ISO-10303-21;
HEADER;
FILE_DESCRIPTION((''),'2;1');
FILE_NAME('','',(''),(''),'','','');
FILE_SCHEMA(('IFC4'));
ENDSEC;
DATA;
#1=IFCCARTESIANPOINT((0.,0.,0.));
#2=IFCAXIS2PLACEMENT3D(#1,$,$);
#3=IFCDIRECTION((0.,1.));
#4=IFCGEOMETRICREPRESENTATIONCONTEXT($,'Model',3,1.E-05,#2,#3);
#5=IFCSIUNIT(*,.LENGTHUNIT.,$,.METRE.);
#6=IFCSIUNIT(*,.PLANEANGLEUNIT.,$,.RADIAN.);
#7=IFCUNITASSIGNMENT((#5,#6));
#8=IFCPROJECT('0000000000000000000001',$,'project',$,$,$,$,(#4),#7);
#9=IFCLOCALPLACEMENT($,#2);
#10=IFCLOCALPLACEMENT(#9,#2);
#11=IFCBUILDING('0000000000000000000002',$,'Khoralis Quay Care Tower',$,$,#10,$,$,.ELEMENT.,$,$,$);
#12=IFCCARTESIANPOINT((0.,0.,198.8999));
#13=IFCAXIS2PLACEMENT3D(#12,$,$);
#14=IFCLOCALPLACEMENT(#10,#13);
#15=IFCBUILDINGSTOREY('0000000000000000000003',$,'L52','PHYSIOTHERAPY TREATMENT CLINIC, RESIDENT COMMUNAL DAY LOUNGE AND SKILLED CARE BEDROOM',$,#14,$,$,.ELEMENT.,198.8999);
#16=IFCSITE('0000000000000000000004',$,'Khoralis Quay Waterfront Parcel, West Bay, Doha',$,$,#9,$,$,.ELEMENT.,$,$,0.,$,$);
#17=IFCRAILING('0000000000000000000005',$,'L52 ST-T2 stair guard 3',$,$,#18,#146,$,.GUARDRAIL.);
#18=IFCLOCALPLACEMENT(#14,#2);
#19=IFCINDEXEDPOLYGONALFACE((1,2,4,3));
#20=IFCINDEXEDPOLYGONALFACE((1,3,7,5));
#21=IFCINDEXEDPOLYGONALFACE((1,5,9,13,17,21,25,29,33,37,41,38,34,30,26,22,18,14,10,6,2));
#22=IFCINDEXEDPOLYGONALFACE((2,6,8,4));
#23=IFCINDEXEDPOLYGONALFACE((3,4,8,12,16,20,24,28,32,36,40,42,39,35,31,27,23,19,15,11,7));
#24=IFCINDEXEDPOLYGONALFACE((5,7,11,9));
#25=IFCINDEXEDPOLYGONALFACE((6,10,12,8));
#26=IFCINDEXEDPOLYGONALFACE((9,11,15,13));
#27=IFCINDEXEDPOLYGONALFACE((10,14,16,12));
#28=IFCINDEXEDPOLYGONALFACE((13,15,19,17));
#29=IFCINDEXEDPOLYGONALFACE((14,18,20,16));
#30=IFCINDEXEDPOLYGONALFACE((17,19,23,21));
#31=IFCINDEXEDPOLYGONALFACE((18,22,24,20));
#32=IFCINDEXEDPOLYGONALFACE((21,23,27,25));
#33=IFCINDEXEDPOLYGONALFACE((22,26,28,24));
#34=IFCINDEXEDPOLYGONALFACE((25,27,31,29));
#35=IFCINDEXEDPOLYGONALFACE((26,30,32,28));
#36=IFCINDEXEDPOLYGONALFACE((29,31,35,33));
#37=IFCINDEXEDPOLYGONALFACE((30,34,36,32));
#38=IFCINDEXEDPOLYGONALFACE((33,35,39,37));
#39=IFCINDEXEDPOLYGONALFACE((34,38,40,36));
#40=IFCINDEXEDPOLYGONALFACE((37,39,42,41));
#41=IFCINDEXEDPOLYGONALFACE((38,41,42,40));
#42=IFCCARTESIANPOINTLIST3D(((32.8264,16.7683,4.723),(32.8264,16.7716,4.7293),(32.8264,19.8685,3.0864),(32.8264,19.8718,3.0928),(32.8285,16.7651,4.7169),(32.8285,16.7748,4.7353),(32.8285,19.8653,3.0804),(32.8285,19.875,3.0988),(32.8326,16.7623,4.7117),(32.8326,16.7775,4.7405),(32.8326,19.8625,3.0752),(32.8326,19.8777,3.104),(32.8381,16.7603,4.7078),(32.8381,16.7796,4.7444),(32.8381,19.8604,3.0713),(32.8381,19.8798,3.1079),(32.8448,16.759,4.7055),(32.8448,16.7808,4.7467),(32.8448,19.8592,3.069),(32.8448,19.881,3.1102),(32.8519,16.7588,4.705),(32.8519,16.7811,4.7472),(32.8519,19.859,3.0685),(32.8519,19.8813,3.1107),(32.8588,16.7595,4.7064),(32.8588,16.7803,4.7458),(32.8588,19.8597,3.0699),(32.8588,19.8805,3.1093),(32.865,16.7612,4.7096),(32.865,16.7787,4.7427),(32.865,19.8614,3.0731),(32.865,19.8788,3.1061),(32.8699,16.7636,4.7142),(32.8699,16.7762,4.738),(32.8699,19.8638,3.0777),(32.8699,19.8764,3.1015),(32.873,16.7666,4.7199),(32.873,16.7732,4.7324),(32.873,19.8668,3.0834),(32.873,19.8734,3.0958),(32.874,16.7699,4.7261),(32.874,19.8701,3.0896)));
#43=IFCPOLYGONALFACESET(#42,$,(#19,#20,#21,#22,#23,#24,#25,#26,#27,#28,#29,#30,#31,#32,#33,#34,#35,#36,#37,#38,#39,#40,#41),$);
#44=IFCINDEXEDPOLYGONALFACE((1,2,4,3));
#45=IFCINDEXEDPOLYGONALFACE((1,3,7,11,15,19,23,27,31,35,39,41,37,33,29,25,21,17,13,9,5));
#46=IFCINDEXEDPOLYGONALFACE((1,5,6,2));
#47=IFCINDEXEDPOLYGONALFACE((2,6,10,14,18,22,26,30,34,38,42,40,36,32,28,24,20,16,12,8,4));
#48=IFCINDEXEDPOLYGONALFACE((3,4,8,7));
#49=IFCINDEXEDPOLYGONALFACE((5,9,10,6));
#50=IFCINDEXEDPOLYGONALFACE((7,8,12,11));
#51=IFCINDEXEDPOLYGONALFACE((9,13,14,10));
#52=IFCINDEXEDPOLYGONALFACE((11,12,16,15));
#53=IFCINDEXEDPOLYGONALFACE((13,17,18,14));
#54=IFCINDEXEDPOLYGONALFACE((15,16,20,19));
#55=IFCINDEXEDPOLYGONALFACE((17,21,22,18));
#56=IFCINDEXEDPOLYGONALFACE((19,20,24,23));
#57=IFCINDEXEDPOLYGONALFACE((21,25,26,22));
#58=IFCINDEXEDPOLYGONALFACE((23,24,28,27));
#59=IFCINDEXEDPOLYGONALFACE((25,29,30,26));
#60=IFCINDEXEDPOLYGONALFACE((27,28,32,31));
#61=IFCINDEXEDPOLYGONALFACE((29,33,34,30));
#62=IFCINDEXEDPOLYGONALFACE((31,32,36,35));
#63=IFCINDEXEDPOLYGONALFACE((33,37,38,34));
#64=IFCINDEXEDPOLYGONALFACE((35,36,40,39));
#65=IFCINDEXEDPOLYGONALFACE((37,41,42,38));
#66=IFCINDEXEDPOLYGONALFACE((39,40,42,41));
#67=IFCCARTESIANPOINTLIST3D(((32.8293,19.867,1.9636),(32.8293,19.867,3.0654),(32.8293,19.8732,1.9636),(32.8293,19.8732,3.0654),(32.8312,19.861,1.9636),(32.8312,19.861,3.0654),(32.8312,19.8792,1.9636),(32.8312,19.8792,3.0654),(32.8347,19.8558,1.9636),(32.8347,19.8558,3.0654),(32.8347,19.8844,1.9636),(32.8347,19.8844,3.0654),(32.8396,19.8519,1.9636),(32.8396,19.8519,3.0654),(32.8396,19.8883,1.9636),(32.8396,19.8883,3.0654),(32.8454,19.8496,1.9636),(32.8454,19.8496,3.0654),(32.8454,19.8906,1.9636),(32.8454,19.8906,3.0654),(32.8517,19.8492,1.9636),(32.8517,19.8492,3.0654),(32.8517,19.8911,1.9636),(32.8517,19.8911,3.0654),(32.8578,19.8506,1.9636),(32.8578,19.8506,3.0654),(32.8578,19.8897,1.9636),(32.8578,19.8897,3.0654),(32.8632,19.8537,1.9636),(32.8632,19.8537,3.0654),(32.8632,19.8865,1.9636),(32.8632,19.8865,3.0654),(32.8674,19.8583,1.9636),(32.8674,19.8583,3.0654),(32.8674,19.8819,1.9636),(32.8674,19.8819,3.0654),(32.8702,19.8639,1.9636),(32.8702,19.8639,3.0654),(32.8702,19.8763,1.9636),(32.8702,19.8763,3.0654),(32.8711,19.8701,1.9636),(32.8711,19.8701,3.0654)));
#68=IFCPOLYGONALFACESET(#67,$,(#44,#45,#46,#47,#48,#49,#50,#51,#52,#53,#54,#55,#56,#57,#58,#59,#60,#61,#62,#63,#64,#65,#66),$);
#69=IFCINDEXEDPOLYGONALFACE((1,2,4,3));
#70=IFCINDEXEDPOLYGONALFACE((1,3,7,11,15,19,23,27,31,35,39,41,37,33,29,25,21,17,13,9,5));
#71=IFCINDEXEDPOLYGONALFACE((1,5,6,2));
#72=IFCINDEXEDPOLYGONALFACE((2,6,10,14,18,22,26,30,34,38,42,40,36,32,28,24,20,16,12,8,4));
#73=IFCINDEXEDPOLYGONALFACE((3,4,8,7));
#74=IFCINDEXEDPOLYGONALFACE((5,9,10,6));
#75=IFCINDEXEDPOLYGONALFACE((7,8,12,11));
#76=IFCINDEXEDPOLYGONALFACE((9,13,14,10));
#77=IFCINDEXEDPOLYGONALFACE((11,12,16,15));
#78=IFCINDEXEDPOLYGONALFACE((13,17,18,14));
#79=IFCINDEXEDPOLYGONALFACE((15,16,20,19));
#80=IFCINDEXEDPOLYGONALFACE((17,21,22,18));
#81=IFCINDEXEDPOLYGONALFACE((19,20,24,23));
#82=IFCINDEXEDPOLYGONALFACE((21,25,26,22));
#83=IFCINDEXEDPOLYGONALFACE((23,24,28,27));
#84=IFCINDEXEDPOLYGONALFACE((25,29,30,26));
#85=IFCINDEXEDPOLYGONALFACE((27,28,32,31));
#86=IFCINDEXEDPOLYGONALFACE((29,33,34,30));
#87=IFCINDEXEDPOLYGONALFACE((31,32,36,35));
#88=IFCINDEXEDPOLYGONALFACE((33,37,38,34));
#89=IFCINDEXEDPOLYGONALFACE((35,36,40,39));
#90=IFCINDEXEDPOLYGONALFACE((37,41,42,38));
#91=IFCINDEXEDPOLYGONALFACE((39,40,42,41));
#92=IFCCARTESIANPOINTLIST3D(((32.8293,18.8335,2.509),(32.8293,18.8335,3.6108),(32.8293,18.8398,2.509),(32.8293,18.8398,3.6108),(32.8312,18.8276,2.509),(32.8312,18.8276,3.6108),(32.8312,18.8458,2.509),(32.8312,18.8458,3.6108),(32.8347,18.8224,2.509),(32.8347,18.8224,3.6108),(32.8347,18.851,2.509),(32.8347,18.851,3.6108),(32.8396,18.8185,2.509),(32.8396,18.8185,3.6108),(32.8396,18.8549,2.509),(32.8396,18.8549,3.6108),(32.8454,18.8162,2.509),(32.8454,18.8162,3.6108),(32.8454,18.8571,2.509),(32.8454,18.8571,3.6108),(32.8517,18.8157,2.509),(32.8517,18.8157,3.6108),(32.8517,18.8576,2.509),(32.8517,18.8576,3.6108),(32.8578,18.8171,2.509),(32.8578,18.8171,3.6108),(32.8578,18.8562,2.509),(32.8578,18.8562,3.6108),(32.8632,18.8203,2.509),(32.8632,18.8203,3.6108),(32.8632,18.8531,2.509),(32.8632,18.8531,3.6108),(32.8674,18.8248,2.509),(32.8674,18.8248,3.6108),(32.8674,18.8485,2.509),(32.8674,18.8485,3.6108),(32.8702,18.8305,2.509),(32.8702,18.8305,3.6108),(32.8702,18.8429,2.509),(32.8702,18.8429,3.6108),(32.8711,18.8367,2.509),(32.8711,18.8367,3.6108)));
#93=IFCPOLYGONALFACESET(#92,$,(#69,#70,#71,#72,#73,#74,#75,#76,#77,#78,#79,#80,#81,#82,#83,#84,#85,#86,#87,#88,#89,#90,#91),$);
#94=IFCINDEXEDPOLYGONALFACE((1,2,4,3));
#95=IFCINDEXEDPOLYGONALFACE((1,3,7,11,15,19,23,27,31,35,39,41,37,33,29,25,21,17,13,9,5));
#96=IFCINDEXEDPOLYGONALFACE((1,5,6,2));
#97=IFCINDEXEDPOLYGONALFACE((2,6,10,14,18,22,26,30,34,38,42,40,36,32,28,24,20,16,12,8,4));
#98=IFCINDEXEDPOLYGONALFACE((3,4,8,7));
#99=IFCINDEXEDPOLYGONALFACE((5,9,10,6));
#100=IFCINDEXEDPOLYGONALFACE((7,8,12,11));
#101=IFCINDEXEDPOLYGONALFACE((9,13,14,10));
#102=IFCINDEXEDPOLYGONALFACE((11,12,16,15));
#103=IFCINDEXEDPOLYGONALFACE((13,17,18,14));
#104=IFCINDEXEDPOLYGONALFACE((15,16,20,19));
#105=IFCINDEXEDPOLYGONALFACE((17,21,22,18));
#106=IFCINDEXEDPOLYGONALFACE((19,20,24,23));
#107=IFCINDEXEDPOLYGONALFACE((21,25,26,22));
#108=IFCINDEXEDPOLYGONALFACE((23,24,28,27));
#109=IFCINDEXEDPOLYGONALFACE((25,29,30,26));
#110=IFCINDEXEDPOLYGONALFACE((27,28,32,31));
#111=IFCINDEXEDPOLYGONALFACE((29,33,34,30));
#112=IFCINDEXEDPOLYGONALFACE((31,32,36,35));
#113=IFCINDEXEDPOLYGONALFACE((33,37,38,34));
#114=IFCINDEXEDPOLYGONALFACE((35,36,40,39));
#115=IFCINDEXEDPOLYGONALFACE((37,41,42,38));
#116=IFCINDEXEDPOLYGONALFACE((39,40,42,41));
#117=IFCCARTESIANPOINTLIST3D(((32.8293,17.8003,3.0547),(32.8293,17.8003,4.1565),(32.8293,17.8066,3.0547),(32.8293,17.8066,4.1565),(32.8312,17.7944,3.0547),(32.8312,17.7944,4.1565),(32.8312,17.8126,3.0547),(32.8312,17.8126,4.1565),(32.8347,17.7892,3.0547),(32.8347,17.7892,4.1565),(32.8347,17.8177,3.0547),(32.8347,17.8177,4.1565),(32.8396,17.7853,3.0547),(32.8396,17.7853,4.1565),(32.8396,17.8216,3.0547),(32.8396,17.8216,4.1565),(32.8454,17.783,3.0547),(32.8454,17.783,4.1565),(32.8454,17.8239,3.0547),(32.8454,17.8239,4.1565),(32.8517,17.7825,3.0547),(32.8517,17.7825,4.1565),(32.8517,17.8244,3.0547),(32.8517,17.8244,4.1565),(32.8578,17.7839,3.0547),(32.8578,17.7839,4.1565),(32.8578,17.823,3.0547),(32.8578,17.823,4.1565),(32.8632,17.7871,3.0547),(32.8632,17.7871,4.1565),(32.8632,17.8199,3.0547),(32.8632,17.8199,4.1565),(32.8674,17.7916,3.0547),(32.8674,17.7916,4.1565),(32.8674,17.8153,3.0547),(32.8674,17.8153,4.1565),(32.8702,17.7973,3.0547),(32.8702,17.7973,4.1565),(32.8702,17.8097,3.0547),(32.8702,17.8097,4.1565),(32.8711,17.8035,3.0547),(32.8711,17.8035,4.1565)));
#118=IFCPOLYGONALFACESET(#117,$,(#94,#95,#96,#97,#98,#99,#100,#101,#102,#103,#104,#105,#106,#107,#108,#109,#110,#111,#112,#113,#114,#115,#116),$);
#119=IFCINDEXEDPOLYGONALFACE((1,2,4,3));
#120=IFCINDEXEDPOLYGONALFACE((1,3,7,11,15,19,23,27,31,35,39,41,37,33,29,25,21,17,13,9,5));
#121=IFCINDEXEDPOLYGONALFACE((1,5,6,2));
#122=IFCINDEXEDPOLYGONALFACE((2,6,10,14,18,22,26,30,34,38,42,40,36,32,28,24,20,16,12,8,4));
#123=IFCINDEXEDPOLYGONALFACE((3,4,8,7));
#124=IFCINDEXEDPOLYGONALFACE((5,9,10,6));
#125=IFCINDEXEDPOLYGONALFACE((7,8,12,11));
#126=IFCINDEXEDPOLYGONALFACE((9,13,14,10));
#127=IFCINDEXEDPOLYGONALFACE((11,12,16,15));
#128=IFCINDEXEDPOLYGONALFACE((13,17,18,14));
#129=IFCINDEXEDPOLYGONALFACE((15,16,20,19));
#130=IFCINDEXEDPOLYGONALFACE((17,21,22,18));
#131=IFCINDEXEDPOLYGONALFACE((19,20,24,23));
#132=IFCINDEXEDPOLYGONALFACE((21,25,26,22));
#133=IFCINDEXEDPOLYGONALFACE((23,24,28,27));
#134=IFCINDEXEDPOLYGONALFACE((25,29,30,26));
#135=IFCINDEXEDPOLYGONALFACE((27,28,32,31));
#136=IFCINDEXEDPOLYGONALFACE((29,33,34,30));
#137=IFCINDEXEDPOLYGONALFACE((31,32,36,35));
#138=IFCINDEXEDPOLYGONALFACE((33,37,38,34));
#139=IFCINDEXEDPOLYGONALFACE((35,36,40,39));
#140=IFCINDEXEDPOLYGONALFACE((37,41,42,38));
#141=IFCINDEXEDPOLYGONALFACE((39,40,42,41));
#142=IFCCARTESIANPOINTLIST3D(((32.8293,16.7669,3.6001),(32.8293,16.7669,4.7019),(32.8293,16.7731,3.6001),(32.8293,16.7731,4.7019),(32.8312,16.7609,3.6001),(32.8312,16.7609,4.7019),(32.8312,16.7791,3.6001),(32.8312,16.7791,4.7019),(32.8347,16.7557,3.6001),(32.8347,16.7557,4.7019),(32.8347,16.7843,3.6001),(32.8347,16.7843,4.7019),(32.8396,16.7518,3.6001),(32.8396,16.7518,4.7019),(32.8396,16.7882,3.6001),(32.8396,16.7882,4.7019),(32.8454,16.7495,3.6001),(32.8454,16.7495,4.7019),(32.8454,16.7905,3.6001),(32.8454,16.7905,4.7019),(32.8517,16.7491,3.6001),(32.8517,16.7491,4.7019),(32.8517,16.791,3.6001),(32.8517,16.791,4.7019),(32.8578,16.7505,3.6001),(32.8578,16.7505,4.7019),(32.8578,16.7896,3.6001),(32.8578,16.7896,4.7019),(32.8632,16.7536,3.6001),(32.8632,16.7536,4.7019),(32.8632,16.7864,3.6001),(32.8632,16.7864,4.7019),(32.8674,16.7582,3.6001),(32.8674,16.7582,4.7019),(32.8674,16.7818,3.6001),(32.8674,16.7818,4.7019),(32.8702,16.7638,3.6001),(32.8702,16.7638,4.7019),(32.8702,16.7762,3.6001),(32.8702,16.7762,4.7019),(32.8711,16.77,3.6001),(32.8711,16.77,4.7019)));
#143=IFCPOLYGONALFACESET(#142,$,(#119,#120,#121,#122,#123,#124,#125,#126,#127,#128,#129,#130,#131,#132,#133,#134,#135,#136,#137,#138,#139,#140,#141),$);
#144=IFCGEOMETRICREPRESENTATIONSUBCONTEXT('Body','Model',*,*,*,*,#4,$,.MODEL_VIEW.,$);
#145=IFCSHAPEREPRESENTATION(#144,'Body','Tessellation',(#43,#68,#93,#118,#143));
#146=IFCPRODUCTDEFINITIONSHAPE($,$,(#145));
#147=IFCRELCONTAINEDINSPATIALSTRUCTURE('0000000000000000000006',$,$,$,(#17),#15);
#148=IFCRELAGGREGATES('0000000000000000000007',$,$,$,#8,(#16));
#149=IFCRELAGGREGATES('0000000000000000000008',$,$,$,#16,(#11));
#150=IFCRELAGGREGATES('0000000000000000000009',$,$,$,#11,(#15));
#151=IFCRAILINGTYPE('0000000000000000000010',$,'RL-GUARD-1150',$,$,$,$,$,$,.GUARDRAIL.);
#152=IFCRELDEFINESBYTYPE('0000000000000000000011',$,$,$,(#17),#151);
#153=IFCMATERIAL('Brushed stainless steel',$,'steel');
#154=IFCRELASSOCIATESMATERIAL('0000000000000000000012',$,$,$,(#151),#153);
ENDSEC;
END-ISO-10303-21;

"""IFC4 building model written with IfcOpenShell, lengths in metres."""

from ifc_helpers import new_model, si_unit, direction, frame, origin, origin_2d, place, context, subcontext, project, spatial, circle, extrude, material, type_object, element, save


model = new_model("IFC4")

# Units and contexts
model_context = context("Model", 3, precision=1e-05, world=origin(), true_north=direction((0.0, 1.0)))
body_context = subcontext(model_context, "Body", "Model", "MODEL_VIEW")
ifc_project = project(units=[si_unit("LENGTHUNIT", "METRE"), si_unit("PLANEANGLEUNIT", "RADIAN")], contexts=[model_context])

# Site, building, storey
site_placement = place(None, origin())
site = spatial("IfcSite", under=ifc_project, at=site_placement, Name="Khoralis Quay Waterfront Parcel, West Bay, Doha", CompositionType="ELEMENT", RefElevation=0.0)
building_placement = place(site_placement, origin())
building = spatial("IfcBuilding", under=site, at=building_placement, Name="Khoralis Quay Care Tower", CompositionType="ELEMENT")
storey_placement = place(building_placement, frame((0.0, 0.0, 198.8999)))
storey = spatial("IfcBuildingStorey", under=building, at=storey_placement, Name="L52", Description="PHYSIOTHERAPY TREATMENT CLINIC, RESIDENT COMMUNAL DAY LOUNGE AND SKILLED CARE BEDROOM", CompositionType="ELEMENT", Elevation=198.8999)

# Railing
ifc_material_1 = material(Name="Brushed stainless steel", Category="steel")
railing_type_1 = type_object("IfcRailingType", Name="RL-GUARD-1150", PredefinedType="GUARDRAIL", material=ifc_material_1)
railing_1_placement = place(storey_placement, frame((32.8501, 19.8701, 1.9636)))
element("IfcRailing", 1, at=railing_1_placement, inside=storey, type_object=railing_type_1, Name="L52 ST-T2 stair guard 3", PredefinedType="GUARDRAIL", context=body_context, shape_type="SweptSolid", body=[
    extrude(circle(Radius=0.0239, at=origin_2d()), frame((0.0, 0.0, 1.126), z_axis=(0.0, -0.884348, 0.466828), x_axis=(1.0, 0.0, 0.0)), (0.0, 0.0, 1.0), 3.5056),
    extrude(circle(Radius=0.021, at=origin_2d()), origin(), (0.0, 0.0, 1.0), 1.1018),
    extrude(circle(Radius=0.021, at=origin_2d()), frame((0.0, -1.0334, 0.5454)), (0.0, 0.0, 1.0), 1.1018),
    extrude(circle(Radius=0.021, at=origin_2d()), frame((0.0, -2.0667, 1.0911)), (0.0, 0.0, 1.0), 1.1018),
    extrude(circle(Radius=0.021, at=origin_2d()), frame((0.0, -3.1001, 1.6365)), (0.0, 0.0, 1.0), 1.1018),
])

save(model, "model.ifc")
